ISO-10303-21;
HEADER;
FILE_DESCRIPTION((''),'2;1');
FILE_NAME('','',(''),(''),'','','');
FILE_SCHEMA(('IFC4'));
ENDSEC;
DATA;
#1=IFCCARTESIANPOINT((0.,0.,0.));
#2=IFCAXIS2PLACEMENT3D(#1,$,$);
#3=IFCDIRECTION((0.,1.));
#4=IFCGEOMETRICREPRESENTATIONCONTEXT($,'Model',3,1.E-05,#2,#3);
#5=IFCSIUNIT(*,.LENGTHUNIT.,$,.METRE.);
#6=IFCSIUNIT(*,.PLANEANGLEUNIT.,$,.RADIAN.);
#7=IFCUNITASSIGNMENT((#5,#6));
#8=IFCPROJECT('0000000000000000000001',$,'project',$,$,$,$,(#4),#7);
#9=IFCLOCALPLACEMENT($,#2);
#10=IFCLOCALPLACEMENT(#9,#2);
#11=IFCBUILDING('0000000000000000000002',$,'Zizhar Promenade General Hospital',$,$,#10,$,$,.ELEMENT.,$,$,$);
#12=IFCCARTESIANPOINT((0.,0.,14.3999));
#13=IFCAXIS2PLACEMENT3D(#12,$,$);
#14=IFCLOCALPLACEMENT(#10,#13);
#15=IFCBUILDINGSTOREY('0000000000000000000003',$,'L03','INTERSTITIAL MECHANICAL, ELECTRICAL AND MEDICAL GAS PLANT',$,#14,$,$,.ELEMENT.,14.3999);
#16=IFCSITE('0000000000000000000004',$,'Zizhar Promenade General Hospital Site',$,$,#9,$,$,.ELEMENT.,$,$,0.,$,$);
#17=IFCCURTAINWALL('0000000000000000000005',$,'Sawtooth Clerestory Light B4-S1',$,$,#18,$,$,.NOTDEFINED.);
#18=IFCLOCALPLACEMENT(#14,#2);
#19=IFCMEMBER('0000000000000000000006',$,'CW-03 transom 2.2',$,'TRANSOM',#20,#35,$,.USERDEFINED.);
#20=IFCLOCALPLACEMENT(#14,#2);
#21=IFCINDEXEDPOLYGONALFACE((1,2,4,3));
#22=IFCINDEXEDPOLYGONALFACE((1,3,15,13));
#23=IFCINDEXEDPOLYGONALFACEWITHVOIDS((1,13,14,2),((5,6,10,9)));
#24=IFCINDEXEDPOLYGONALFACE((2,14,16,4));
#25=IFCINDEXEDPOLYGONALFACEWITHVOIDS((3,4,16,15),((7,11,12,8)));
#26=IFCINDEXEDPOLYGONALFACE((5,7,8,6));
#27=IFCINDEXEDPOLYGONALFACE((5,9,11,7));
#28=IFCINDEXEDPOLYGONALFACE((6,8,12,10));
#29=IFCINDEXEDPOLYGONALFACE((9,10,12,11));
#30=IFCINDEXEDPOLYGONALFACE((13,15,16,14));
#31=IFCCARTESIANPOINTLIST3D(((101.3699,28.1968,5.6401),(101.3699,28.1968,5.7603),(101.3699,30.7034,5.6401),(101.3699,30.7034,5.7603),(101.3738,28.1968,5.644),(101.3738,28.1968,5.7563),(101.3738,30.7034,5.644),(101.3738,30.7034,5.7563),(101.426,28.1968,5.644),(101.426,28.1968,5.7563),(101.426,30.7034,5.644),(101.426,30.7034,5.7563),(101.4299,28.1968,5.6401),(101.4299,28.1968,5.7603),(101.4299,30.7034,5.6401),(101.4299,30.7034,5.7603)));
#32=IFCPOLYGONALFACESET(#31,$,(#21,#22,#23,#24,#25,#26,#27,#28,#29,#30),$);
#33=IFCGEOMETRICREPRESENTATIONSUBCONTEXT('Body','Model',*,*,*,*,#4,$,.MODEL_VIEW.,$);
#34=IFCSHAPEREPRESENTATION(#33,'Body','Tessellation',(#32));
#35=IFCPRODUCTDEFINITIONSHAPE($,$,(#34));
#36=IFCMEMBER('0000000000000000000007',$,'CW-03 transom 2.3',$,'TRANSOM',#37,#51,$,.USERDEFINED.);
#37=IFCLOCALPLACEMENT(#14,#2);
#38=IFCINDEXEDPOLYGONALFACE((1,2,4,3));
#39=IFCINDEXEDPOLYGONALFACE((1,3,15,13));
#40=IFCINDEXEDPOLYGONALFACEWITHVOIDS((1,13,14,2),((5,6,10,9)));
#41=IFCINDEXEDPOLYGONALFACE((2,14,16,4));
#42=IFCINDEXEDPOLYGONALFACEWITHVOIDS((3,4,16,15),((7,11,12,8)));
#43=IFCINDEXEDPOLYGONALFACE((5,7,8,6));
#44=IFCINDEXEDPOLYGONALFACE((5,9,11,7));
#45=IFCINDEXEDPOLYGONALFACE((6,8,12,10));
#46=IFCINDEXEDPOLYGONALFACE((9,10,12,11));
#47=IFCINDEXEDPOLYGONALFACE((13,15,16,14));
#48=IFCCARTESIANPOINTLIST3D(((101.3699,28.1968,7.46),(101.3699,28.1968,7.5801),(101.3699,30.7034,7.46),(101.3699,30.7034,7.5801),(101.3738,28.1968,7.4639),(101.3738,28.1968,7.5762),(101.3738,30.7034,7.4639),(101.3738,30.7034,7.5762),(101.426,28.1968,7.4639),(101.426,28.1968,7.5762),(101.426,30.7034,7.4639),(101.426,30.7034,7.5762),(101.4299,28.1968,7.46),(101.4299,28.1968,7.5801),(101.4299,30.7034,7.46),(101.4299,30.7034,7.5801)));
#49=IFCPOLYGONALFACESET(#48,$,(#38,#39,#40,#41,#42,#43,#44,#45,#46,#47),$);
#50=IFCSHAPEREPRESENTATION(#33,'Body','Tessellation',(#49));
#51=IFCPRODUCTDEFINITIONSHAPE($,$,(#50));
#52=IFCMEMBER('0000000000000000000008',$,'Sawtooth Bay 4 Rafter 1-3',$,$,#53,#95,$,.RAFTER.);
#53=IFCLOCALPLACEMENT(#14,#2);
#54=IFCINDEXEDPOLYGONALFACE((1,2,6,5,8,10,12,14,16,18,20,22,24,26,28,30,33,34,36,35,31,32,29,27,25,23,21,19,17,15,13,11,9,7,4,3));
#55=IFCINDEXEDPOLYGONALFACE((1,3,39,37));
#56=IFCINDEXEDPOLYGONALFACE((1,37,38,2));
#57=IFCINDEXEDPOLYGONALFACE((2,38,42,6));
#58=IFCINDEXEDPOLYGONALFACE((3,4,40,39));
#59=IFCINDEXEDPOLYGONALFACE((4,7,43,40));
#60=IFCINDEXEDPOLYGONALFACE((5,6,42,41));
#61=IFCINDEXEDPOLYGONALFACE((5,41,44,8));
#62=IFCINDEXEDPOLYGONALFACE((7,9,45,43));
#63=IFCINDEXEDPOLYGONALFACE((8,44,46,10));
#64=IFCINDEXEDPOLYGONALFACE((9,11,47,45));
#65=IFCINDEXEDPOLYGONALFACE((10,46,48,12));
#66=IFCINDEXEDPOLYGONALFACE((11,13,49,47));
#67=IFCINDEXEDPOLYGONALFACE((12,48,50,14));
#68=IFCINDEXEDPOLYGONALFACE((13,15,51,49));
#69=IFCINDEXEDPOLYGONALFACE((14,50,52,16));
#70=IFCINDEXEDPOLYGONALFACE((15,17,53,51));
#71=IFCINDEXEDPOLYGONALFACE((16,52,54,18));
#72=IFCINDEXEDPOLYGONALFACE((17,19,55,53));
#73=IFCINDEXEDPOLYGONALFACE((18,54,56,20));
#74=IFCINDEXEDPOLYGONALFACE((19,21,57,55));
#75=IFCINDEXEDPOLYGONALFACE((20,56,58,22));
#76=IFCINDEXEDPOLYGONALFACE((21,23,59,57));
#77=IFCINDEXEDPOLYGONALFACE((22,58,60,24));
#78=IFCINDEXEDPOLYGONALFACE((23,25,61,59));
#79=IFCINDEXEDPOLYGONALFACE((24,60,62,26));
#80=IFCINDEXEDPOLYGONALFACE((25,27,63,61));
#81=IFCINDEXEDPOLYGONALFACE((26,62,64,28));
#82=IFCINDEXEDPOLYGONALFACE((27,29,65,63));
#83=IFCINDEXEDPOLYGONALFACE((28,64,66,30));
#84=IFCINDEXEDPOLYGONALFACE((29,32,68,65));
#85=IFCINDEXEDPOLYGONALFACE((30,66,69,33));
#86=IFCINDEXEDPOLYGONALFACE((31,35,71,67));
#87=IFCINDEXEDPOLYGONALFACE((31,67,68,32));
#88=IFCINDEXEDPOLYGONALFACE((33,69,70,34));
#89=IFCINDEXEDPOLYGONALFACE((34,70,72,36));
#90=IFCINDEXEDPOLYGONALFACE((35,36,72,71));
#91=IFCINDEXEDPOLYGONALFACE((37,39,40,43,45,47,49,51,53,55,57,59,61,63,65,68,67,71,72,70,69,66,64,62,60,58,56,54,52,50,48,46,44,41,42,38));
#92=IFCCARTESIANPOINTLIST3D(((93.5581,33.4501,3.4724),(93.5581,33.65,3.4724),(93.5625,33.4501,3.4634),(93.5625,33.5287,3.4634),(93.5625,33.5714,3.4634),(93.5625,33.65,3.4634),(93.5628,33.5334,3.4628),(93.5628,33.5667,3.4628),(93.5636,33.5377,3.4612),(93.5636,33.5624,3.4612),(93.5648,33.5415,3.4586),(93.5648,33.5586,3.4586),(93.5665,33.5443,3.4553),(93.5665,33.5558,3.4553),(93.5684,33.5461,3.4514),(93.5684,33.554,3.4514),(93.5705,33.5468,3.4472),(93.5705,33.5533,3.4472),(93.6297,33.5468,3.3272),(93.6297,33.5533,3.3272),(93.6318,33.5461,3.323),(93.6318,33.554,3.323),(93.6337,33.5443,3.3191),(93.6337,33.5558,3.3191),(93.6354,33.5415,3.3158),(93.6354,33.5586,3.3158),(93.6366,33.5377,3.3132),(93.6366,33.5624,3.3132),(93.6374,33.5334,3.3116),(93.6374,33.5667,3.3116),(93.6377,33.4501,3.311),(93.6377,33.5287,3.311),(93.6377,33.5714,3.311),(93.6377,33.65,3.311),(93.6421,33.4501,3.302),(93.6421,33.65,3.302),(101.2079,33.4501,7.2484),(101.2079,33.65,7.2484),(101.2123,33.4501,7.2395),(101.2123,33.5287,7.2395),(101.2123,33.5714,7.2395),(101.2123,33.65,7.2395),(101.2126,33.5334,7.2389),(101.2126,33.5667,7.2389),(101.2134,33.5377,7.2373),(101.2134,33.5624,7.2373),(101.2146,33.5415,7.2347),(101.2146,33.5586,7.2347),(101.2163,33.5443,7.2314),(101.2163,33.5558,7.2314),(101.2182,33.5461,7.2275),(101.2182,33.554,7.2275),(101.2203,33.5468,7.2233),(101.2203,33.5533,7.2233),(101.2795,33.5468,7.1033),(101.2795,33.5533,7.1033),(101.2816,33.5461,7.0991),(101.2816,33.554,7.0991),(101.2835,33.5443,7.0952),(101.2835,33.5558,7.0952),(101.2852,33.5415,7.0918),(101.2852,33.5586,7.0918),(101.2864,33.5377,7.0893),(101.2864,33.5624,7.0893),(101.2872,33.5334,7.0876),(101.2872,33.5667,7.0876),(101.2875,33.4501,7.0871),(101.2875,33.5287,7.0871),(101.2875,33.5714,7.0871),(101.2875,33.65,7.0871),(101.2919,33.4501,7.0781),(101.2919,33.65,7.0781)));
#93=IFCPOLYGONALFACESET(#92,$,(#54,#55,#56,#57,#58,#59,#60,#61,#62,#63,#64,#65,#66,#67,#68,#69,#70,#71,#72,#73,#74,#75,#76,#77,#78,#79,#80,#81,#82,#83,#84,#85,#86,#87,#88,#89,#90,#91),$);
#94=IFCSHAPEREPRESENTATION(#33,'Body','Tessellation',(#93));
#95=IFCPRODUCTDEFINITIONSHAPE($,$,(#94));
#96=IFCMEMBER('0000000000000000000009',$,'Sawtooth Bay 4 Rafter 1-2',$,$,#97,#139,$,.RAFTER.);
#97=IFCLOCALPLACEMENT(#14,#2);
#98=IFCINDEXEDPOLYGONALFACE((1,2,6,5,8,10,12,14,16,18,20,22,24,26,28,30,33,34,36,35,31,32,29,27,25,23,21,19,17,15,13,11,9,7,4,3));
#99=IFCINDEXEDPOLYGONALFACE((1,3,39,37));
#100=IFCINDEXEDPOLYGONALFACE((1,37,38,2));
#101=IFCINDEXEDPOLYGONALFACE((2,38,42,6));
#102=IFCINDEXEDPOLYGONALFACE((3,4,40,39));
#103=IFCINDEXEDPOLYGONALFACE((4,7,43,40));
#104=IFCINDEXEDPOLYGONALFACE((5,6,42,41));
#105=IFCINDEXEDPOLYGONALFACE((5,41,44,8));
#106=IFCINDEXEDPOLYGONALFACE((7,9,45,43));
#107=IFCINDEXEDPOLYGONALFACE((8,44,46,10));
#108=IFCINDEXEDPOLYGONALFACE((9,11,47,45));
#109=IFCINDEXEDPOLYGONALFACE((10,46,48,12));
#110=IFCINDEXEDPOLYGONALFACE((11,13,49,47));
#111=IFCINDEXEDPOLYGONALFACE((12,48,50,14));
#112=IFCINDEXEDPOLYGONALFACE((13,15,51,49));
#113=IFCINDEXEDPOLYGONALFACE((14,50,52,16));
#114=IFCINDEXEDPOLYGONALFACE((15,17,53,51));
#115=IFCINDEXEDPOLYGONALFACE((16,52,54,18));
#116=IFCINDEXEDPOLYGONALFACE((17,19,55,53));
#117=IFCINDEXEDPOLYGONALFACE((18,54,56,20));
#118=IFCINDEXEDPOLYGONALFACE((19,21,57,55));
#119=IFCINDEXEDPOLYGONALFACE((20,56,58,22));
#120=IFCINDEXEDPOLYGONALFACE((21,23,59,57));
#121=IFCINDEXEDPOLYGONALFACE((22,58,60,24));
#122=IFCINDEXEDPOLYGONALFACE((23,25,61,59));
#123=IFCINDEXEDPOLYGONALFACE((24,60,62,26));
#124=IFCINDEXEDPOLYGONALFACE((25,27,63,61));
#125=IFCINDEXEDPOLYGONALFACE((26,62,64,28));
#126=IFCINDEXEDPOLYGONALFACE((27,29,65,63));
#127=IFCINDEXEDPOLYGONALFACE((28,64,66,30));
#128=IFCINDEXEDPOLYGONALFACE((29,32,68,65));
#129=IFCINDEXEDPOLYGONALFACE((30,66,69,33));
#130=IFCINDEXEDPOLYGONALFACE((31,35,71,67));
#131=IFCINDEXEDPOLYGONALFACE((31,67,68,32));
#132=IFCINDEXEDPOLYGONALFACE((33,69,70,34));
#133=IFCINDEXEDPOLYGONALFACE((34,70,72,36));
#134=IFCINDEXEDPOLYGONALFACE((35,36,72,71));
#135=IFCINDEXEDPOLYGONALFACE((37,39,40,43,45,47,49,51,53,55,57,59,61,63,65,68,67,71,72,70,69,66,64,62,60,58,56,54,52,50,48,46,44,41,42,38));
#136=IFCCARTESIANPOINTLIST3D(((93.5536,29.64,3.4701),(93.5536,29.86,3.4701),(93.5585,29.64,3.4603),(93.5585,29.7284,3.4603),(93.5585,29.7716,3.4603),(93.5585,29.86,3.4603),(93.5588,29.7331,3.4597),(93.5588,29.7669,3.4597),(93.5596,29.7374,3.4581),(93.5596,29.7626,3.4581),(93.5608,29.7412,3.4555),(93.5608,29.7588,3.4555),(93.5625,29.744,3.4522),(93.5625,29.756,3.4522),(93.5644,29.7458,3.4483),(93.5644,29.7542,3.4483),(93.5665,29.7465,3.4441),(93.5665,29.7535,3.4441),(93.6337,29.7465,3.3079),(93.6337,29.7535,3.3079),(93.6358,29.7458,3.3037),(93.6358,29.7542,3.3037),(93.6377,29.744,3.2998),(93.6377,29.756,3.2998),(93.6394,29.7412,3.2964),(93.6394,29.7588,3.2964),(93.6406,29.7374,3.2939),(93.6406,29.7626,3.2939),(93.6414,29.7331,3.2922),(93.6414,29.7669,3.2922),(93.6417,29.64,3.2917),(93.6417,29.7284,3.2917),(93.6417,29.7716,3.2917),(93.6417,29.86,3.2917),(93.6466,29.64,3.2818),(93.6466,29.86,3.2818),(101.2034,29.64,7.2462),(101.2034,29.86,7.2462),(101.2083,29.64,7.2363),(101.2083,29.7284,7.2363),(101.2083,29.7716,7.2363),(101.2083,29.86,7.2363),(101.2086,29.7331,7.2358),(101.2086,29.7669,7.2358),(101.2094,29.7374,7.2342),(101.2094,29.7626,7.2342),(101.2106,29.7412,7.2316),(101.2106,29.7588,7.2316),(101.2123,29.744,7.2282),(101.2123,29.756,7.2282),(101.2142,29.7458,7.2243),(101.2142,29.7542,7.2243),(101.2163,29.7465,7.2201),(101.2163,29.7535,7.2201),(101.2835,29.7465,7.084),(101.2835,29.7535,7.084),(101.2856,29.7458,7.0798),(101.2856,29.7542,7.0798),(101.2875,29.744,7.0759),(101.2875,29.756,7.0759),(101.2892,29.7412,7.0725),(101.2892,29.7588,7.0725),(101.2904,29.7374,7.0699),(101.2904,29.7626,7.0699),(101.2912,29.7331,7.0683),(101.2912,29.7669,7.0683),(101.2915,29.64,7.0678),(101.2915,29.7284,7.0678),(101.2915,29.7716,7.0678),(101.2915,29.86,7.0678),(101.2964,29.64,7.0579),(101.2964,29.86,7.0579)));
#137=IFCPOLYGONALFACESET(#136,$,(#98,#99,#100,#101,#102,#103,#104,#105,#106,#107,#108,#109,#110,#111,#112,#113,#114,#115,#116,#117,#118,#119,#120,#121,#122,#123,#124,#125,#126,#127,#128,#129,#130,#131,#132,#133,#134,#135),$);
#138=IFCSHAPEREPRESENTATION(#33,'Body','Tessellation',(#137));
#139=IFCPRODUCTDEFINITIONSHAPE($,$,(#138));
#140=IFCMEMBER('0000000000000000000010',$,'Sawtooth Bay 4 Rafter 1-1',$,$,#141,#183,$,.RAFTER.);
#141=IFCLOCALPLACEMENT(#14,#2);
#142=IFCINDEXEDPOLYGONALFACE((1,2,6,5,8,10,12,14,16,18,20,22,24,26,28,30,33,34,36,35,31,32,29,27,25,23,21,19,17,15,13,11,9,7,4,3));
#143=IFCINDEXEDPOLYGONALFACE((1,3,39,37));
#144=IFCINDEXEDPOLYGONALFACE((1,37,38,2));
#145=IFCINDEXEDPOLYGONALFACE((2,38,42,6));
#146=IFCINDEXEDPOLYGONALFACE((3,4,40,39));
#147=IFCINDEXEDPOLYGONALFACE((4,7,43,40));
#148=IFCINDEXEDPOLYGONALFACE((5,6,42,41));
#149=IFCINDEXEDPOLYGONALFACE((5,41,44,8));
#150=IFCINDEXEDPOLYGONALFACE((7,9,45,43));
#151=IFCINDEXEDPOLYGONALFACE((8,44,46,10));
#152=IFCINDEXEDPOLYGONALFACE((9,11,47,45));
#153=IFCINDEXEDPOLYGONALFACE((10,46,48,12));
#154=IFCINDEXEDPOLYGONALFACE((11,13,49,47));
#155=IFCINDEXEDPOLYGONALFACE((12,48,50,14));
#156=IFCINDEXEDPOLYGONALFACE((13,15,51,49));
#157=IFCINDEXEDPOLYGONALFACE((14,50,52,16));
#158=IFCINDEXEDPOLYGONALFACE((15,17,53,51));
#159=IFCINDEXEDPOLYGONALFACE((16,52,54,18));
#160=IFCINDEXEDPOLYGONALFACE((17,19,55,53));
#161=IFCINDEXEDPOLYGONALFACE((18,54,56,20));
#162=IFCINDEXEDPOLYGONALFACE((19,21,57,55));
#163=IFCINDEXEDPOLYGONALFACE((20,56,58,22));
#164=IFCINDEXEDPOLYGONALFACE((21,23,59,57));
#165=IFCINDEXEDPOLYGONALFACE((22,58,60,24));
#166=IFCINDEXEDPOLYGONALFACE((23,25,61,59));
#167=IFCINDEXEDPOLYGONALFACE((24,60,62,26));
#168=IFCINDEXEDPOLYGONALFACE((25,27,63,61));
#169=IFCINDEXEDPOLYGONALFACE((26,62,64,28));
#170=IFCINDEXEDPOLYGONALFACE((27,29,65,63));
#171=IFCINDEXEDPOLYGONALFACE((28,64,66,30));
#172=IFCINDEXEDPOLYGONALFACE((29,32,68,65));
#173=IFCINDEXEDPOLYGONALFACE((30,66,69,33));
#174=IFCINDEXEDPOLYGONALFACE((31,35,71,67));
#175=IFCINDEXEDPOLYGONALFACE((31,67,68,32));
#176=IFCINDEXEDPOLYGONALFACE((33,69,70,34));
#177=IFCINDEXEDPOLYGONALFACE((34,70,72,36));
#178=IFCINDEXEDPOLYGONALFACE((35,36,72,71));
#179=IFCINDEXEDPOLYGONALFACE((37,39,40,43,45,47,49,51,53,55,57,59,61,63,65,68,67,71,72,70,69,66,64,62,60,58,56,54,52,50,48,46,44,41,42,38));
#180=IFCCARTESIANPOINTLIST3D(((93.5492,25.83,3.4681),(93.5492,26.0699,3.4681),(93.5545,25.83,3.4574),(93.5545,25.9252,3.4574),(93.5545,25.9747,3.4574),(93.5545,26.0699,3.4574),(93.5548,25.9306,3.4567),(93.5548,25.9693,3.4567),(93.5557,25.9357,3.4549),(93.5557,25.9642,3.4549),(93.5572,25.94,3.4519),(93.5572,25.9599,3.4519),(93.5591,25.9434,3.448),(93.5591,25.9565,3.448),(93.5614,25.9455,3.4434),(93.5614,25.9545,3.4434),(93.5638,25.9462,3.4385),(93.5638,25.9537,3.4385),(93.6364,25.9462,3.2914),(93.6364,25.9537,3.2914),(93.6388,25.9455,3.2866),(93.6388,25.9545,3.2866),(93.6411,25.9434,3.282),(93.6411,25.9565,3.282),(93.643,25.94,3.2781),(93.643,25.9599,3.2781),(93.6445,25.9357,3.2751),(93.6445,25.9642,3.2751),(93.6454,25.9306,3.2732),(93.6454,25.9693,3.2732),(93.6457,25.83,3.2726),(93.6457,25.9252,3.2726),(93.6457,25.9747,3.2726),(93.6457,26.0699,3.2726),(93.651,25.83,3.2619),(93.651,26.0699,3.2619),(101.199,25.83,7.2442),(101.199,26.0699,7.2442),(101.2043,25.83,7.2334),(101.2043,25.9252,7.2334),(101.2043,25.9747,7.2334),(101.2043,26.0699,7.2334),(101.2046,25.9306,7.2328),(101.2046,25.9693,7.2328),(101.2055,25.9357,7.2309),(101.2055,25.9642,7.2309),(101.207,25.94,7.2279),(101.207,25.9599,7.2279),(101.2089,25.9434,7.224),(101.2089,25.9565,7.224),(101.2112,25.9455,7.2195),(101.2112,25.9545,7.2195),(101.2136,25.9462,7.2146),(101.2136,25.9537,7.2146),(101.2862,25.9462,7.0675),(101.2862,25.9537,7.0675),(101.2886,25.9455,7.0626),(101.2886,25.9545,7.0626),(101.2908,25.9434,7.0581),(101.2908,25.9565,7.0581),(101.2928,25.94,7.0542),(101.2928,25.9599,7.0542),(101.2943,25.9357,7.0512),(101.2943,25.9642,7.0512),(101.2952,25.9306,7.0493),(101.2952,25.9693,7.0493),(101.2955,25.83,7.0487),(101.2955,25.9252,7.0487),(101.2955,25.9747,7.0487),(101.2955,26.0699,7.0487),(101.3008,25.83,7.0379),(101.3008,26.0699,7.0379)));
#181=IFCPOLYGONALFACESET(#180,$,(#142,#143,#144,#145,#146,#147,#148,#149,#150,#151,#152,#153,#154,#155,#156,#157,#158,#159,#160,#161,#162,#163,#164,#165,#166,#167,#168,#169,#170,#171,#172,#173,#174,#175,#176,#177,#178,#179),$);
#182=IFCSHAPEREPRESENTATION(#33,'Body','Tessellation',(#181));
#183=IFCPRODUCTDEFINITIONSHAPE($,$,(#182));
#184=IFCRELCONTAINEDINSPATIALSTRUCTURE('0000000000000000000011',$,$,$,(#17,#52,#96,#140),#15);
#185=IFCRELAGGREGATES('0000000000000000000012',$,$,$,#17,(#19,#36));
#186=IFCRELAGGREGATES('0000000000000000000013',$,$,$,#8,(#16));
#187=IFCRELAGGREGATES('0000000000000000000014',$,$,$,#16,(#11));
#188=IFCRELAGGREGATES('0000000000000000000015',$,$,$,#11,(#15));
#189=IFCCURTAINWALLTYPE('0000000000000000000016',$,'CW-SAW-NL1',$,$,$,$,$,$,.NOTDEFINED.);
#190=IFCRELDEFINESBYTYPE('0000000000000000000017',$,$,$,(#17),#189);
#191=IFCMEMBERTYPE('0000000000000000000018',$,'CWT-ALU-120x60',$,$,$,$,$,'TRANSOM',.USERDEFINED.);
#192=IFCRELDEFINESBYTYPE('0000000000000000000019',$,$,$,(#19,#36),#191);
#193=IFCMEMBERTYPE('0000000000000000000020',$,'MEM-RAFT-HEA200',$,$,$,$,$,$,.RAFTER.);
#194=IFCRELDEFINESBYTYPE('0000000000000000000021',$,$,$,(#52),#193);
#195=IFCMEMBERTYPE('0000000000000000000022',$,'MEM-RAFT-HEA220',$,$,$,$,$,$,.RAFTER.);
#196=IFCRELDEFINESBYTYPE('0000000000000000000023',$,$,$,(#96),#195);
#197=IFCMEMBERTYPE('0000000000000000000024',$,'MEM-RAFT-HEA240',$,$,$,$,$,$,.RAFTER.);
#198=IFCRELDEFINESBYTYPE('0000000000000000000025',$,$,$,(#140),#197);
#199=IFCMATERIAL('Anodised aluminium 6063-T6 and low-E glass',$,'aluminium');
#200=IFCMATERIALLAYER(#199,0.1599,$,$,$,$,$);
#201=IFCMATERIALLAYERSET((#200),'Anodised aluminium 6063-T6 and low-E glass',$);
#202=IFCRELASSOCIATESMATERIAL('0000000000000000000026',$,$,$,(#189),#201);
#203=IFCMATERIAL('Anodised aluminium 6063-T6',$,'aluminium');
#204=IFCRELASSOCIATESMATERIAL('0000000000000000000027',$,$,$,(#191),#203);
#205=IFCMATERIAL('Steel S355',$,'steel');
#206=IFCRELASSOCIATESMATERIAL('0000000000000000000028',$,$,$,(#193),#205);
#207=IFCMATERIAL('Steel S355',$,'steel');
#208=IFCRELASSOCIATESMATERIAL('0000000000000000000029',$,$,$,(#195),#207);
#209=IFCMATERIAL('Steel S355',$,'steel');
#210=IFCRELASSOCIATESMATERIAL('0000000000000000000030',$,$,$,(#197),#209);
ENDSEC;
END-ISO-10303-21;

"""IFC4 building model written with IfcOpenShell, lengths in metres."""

from ifc_helpers import new_model, si_unit, direction, frame, origin, origin_2d, place, context, subcontext, project, spatial, hollow_rectangle, i_section, extrude, material, layer, layer_set, material_profile, profile_set, type_object, element, aggregate, save


model = new_model("IFC4")

# Units and contexts
model_context = context("Model", 3, precision=1e-05, world=origin(), true_north=direction((0.0, 1.0)))
body_context = subcontext(model_context, "Body", "Model", "MODEL_VIEW")
ifc_project = project(units=[si_unit("LENGTHUNIT", "METRE"), si_unit("PLANEANGLEUNIT", "RADIAN")], contexts=[model_context])

# Site, building, storey
site_placement = place(None, origin())
site = spatial("IfcSite", under=ifc_project, at=site_placement, Name="Zizhar Promenade General Hospital Site", CompositionType="ELEMENT", RefElevation=0.0)
building_placement = place(site_placement, origin())
building = spatial("IfcBuilding", under=site, at=building_placement, Name="Zizhar Promenade General Hospital", CompositionType="ELEMENT")
storey_placement = place(building_placement, frame((0.0, 0.0, 14.3999)))
storey = spatial("IfcBuildingStorey", under=building, at=storey_placement, Name="L03", Description="INTERSTITIAL MECHANICAL, ELECTRICAL AND MEDICAL GAS PLANT", CompositionType="ELEMENT", Elevation=14.3999)

# Shared definitions
ifc_material_1 = material(Name="Anodised aluminium 6063-T6 and low-E glass", Category="aluminium")
ifc_layer_1 = layer(ifc_material_1, 0.1599)
ifc_layer_set_1 = layer_set([ifc_layer_1], Name="Anodised aluminium 6063-T6 and low-E glass")
curtain_wall_type = type_object("IfcCurtainWallType", Name="CW-SAW-NL1", PredefinedType="NOTDEFINED", material=ifc_layer_set_1)

# Curtain wall
curtain_wall_1_placement = place(storey_placement, origin())
curtain_wall_1 = element("IfcCurtainWall", 1, at=curtain_wall_1_placement, inside=storey, type_object=curtain_wall_type, Name="Sawtooth Clerestory Light B4-S1", PredefinedType="NOTDEFINED")

# Members
ifc_material_2 = material(Name="Anodised aluminium 6063-T6", Category="aluminium")
ifc_material_profile_1 = material_profile(ifc_material_2, hollow_rectangle(XDim=0.0601, YDim=0.1201, WallThickness=0.0039, at=origin_2d()))
ifc_profile_set_1 = profile_set([ifc_material_profile_1], Name="Anodised aluminium 6063-T6")
member_type_1 = type_object("IfcMemberType", Name="CWT-ALU-120x60", ElementType="TRANSOM", PredefinedType="USERDEFINED", material=ifc_profile_set_1)
member_1_placement = place(storey_placement, frame((101.3999, 28.1968, 5.7002), z_axis=(0.0, 1.0, 0.0), x_axis=(-1.0, 0.0, 0.0)))
member_1 = element("IfcMember", 2, at=member_1_placement, type_object=member_type_1, Name="CW-03 transom 2.2", ObjectType="TRANSOM", PredefinedType="USERDEFINED", context=body_context, shape_type="SweptSolid", body=[
    extrude(hollow_rectangle(XDim=0.0601, YDim=0.1201, WallThickness=0.0039, at=origin_2d()), origin(), (0.0, 0.0, 1.0), 2.5066),
])
member_2_placement = place(storey_placement, frame((101.3999, 28.1968, 7.52), z_axis=(0.0, 1.0, 0.0), x_axis=(-1.0, 0.0, 0.0)))
member_2 = element("IfcMember", 3, at=member_2_placement, type_object=member_type_1, Name="CW-03 transom 2.3", ObjectType="TRANSOM", PredefinedType="USERDEFINED", context=body_context, shape_type="SweptSolid", body=[
    extrude(hollow_rectangle(XDim=0.0601, YDim=0.1201, WallThickness=0.0039, at=origin_2d()), origin(), (0.0, 0.0, 1.0), 2.5066),
])

# Members
ifc_material_3 = material(Name="Steel S355", Category="steel")
ifc_material_profile_2 = material_profile(ifc_material_3, i_section(OverallWidth=0.2, OverallDepth=0.1899, WebThickness=0.0066, FlangeThickness=0.01, FilletRadius=0.0181, at=origin_2d()))
ifc_profile_set_2 = profile_set([ifc_material_profile_2], Name="Steel S355")
member_type_2 = type_object("IfcMemberType", Name="MEM-RAFT-HEA200", PredefinedType="RAFTER", material=ifc_profile_set_2)
member_3_placement = place(storey_placement, frame((93.6001, 33.55, 3.3872), z_axis=(0.896705, 0.0, 0.442629), x_axis=(0.0, 1.0, 0.0)))
element("IfcMember", 4, at=member_3_placement, inside=storey, type_object=member_type_2, Name="Sawtooth Bay 4 Rafter 1-3", PredefinedType="RAFTER", context=body_context, shape_type="SweptSolid", body=[
    extrude(i_section(OverallWidth=0.2, OverallDepth=0.1899, WebThickness=0.0066, FlangeThickness=0.01, FilletRadius=0.0181, at=origin_2d()), origin(), (0.0, 0.0, 1.0), 8.531),
])
ifc_material_4 = material(Name="Steel S355", Category="steel")
ifc_material_profile_3 = material_profile(ifc_material_4, i_section(OverallWidth=0.22, OverallDepth=0.21, WebThickness=0.0071, FlangeThickness=0.011, FilletRadius=0.0181, at=origin_2d()))
ifc_profile_set_3 = profile_set([ifc_material_profile_3], Name="Steel S355")
member_type_3 = type_object("IfcMemberType", Name="MEM-RAFT-HEA220", PredefinedType="RAFTER", material=ifc_profile_set_3)
member_4_placement = place(storey_placement, frame((93.6001, 29.75, 3.376), z_axis=(0.896705, 0.0, 0.442629), x_axis=(0.0, 1.0, 0.0)))
element("IfcMember", 5, at=member_4_placement, inside=storey, type_object=member_type_3, Name="Sawtooth Bay 4 Rafter 1-2", PredefinedType="RAFTER", context=body_context, shape_type="SweptSolid", body=[
    extrude(i_section(OverallWidth=0.22, OverallDepth=0.21, WebThickness=0.0071, FlangeThickness=0.011, FilletRadius=0.0181, at=origin_2d()), origin(), (0.0, 0.0, 1.0), 8.531),
])
ifc_material_5 = material(Name="Steel S355", Category="steel")
ifc_material_profile_4 = material_profile(ifc_material_5, i_section(OverallWidth=0.24, OverallDepth=0.23, WebThickness=0.0076, FlangeThickness=0.012, FilletRadius=0.021, at=origin_2d()))
ifc_profile_set_4 = profile_set([ifc_material_profile_4], Name="Steel S355")
member_type_4 = type_object("IfcMemberType", Name="MEM-RAFT-HEA240", PredefinedType="RAFTER", material=ifc_profile_set_4)
member_5_placement = place(storey_placement, frame((93.6001, 25.95, 3.365), z_axis=(0.896705, 0.0, 0.442629), x_axis=(0.0, 1.0, 0.0)))
element("IfcMember", 6, at=member_5_placement, inside=storey, type_object=member_type_4, Name="Sawtooth Bay 4 Rafter 1-1", PredefinedType="RAFTER", context=body_context, shape_type="SweptSolid", body=[
    extrude(i_section(OverallWidth=0.24, OverallDepth=0.23, WebThickness=0.0076, FlangeThickness=0.012, FilletRadius=0.021, at=origin_2d()), origin(), (0.0, 0.0, 1.0), 8.531),
])

aggregate(curtain_wall_1, [member_1, member_2])

save(model, "model.ifc")
